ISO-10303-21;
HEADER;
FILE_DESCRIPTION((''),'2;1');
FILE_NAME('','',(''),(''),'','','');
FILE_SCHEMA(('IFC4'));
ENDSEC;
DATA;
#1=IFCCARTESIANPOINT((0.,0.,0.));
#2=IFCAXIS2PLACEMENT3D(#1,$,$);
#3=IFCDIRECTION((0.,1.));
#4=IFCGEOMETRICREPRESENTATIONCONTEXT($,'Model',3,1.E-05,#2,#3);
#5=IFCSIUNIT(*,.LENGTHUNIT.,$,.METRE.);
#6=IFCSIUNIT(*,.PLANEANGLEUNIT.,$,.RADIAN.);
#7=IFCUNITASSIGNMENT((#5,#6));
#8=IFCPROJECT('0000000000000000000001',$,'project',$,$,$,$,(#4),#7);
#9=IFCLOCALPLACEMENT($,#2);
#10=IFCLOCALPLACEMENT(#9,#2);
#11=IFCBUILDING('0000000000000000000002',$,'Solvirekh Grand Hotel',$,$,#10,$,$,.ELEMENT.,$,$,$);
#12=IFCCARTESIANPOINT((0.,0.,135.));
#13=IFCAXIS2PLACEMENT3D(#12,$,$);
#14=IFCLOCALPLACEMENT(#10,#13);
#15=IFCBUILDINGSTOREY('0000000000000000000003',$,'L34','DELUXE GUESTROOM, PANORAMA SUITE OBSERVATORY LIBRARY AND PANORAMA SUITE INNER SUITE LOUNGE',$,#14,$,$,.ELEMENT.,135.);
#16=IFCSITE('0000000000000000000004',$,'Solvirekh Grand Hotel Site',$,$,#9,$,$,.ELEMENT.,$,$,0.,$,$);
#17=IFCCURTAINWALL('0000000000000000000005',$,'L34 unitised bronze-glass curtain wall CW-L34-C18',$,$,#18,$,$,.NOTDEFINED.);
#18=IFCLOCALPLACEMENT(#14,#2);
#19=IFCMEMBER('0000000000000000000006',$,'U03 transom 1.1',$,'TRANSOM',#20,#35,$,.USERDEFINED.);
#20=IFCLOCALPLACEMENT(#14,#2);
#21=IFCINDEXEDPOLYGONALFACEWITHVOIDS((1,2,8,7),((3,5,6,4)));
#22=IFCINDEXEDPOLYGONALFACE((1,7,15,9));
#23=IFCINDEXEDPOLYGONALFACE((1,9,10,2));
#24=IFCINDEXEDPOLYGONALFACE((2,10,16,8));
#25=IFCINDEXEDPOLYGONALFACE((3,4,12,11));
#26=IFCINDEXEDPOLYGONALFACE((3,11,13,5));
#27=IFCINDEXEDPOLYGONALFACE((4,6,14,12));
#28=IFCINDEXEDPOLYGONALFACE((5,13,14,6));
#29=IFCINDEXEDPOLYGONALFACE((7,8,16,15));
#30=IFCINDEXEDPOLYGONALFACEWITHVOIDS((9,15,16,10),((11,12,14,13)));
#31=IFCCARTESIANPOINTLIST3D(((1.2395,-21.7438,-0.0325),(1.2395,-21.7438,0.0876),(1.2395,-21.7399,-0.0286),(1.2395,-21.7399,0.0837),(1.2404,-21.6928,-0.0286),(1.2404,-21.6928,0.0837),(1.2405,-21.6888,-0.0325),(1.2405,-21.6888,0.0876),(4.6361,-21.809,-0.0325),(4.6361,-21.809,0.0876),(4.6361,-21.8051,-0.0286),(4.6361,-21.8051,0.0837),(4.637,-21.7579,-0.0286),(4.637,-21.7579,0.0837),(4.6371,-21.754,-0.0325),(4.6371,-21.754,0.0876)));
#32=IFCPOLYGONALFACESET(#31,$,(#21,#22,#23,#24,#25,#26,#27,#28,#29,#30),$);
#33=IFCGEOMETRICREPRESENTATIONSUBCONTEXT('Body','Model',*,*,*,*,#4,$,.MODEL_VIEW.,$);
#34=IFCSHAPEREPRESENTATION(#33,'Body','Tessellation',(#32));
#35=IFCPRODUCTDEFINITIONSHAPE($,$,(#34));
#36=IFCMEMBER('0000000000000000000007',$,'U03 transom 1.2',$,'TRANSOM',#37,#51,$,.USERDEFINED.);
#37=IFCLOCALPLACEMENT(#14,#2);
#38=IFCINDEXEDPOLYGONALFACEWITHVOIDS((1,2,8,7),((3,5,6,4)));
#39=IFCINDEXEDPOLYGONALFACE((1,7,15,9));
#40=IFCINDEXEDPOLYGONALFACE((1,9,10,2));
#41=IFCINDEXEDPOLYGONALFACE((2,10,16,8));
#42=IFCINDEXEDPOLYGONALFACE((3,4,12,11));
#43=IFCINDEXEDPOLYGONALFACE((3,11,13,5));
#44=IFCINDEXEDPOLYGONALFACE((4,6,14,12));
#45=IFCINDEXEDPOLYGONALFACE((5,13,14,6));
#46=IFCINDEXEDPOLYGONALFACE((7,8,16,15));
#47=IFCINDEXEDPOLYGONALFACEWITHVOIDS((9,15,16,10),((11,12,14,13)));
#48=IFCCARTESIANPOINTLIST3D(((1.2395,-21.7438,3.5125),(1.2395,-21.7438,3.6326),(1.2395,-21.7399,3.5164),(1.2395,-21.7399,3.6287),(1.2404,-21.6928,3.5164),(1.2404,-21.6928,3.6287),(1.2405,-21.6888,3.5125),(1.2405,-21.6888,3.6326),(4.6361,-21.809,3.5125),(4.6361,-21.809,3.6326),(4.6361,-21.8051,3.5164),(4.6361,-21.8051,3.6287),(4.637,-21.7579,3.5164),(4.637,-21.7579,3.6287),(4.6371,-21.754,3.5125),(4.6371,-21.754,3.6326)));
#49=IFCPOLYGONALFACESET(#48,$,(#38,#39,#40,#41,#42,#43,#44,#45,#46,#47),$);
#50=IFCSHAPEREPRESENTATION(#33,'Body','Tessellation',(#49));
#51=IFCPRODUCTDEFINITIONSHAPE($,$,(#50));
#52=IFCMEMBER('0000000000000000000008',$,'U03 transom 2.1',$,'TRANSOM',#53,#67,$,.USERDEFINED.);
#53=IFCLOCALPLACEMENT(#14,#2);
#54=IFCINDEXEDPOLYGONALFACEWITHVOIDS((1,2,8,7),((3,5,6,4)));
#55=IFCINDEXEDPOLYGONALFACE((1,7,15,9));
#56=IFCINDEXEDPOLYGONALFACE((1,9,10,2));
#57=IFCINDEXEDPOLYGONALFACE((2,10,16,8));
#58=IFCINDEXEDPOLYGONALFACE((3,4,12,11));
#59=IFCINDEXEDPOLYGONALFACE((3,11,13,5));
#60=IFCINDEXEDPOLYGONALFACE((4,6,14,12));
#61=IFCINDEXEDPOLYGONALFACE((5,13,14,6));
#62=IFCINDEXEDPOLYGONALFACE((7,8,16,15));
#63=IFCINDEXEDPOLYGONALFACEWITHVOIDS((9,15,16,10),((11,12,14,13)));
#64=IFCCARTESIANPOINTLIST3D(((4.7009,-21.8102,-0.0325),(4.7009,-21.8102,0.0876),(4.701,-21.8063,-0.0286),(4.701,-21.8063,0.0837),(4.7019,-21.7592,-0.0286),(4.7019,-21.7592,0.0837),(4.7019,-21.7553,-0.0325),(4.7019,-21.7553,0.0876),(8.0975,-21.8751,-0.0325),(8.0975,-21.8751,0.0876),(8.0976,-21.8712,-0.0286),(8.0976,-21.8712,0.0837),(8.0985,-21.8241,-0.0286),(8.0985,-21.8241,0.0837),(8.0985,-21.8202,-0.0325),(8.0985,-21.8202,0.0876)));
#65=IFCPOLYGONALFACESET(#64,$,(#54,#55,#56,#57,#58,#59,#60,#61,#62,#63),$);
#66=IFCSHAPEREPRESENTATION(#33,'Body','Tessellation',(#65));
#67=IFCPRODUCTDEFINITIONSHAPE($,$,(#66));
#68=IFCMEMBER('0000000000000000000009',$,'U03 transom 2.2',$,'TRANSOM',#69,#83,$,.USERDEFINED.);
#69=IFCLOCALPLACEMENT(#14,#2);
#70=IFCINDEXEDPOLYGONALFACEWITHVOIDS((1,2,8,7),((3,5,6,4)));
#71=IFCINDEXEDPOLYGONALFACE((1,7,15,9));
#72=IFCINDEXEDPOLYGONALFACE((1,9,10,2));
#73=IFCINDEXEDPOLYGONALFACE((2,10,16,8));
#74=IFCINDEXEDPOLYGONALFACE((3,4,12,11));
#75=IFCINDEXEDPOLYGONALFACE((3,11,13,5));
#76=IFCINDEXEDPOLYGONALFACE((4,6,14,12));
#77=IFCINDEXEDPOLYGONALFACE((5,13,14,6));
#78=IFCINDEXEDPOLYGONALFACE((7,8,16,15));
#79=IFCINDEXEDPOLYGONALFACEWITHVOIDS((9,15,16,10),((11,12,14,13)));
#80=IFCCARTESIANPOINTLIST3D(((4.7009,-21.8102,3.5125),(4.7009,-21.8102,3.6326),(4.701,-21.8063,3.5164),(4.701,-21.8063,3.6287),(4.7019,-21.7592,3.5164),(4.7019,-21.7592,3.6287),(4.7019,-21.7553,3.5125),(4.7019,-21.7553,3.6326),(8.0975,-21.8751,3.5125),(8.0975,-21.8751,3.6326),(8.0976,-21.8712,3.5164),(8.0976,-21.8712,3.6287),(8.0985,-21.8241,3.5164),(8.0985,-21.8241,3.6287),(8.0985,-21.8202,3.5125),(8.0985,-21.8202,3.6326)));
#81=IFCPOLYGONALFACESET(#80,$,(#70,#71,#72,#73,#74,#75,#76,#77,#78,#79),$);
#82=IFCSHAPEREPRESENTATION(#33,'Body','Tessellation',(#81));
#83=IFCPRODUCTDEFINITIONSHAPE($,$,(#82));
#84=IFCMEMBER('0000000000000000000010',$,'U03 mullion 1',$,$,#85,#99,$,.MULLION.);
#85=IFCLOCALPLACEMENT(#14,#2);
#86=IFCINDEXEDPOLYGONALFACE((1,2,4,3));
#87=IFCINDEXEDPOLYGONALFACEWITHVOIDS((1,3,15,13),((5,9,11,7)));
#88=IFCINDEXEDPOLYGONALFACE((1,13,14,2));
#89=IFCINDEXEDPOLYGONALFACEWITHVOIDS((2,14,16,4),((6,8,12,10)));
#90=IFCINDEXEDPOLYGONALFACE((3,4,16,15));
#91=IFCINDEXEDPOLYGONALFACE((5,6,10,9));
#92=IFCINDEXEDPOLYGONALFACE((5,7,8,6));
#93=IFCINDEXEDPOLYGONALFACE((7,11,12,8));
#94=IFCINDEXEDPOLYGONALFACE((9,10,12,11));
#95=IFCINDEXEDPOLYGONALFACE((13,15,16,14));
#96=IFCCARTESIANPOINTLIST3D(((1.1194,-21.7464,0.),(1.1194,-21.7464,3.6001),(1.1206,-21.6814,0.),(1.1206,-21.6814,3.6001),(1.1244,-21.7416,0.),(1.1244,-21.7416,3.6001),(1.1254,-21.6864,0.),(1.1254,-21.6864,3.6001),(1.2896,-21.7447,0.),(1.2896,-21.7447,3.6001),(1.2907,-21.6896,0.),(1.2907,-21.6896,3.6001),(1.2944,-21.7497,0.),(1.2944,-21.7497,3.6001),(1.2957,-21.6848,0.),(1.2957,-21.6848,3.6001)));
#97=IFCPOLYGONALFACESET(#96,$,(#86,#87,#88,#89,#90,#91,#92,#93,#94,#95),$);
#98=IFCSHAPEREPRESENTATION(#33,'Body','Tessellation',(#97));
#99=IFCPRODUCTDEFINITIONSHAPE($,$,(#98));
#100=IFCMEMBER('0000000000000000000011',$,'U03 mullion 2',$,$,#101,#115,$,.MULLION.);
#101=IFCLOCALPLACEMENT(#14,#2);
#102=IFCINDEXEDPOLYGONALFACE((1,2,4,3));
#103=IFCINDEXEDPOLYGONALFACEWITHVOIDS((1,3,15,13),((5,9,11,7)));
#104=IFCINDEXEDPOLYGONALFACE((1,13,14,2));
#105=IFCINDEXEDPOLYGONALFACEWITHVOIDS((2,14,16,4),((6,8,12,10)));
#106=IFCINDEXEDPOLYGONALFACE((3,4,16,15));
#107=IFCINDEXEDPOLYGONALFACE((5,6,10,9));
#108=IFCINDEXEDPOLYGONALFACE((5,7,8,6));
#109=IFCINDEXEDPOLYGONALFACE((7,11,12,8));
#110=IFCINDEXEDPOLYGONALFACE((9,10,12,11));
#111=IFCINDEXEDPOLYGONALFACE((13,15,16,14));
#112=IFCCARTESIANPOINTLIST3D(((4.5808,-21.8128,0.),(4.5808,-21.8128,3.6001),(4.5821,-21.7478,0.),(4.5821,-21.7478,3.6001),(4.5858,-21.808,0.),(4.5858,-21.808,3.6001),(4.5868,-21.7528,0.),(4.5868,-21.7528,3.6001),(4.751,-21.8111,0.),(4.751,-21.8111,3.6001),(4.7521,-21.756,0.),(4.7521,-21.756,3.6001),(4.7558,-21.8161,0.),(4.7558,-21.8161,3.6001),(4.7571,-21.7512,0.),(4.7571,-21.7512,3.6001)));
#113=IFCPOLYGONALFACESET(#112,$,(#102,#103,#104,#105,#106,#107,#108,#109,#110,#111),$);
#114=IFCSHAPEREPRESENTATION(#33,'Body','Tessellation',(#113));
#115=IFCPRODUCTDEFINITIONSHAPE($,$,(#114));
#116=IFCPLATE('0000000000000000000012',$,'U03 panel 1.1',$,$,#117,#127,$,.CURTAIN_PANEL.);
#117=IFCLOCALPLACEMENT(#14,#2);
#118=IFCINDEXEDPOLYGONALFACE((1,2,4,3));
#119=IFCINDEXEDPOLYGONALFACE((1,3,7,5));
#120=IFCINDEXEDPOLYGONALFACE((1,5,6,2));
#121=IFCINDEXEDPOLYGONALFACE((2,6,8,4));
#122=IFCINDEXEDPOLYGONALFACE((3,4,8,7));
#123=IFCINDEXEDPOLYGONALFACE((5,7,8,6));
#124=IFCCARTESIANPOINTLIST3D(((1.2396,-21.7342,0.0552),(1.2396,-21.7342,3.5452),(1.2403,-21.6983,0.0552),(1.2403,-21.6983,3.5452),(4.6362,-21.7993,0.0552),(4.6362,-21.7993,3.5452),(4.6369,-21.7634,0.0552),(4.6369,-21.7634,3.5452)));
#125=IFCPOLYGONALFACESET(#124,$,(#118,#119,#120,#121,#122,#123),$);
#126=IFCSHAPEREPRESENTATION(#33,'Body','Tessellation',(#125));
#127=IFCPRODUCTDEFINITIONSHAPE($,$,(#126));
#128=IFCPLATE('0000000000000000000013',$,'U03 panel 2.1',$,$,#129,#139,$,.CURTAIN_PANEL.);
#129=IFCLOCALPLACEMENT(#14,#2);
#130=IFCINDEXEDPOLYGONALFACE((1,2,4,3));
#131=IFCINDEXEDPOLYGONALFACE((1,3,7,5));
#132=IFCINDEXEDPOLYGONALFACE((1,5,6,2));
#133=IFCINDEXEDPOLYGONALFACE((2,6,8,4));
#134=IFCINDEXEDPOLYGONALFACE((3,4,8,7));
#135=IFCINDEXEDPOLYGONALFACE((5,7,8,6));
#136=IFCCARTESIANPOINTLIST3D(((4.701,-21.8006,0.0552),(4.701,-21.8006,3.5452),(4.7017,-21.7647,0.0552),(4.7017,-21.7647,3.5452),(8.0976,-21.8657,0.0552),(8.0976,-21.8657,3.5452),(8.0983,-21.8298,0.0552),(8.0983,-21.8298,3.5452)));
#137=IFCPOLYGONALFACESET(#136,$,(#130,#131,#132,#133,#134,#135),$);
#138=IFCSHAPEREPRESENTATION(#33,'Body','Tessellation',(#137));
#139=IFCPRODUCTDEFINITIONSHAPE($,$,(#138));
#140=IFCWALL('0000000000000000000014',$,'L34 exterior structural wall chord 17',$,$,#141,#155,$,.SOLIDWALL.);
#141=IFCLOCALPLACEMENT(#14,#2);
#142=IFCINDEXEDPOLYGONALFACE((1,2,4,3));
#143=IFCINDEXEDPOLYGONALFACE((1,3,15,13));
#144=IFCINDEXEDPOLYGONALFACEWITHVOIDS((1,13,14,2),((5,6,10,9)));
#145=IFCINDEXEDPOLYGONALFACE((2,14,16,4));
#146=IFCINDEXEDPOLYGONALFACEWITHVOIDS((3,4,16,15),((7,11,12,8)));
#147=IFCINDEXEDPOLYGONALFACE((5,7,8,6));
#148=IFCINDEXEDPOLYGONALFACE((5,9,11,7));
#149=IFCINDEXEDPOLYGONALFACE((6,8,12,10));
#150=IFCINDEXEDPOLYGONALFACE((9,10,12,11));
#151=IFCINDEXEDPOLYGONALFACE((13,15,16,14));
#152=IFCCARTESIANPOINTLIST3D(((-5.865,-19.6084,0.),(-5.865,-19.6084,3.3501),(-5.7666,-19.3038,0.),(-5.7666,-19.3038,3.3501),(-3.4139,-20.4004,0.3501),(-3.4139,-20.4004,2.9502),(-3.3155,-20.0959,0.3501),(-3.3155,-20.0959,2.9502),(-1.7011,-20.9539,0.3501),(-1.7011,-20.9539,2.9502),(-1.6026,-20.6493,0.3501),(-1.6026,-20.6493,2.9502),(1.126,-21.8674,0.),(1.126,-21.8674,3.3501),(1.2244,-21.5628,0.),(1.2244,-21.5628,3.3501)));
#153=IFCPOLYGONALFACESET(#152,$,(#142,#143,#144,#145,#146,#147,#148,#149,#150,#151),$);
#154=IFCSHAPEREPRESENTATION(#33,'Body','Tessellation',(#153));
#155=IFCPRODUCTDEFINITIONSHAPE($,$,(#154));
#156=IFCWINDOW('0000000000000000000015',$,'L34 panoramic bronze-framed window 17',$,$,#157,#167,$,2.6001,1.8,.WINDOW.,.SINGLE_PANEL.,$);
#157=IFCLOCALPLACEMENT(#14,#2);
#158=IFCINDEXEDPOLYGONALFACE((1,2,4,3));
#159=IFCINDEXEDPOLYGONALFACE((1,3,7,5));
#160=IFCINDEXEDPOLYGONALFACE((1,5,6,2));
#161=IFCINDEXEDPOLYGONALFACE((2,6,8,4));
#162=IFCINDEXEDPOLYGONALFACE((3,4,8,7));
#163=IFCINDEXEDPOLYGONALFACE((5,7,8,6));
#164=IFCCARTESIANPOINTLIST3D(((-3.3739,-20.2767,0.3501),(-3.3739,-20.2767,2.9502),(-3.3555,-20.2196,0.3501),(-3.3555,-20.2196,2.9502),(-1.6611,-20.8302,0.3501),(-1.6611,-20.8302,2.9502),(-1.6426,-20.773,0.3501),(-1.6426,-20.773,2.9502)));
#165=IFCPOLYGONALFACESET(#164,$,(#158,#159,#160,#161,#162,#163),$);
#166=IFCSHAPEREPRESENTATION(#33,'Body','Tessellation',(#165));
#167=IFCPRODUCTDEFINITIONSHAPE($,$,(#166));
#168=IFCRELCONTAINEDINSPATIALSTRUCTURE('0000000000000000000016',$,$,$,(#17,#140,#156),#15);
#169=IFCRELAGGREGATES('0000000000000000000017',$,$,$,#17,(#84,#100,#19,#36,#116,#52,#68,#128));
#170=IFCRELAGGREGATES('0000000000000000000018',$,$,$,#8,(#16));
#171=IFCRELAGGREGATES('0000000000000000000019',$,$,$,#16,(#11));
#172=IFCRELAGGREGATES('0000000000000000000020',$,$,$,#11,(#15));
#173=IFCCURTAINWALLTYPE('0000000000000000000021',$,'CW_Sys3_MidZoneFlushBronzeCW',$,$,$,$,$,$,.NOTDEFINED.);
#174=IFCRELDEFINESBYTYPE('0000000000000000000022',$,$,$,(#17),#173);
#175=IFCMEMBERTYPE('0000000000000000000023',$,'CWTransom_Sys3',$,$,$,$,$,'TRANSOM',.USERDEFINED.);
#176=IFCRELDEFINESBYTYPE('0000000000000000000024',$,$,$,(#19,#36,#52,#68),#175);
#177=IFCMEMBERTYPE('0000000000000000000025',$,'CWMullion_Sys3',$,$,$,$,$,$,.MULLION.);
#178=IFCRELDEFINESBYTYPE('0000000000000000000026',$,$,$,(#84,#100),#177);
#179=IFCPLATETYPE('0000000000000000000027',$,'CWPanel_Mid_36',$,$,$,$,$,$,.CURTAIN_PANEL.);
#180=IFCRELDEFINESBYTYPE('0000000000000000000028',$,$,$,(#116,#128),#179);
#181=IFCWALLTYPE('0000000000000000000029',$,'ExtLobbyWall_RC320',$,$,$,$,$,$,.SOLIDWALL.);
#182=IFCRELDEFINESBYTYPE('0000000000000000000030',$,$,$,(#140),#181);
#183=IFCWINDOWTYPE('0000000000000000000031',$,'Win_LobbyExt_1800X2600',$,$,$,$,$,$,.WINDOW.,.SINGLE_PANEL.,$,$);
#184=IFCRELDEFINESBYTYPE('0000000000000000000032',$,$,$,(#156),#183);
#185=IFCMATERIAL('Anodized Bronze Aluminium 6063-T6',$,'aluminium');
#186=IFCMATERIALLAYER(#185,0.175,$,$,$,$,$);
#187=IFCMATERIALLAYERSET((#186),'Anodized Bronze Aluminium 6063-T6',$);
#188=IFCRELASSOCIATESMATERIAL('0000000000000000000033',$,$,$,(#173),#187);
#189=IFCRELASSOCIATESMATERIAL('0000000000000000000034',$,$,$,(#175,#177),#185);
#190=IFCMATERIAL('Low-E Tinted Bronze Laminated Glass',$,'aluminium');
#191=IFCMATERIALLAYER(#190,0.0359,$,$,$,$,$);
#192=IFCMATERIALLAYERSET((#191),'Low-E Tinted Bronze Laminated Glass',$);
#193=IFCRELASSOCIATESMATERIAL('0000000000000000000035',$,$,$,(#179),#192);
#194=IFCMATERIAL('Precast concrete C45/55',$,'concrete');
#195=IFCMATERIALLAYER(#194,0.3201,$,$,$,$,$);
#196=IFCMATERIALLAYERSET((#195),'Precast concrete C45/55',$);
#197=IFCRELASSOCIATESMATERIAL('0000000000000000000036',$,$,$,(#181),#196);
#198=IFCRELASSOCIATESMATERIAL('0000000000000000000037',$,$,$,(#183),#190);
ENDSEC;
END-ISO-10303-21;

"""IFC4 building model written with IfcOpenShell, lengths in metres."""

from ifc_helpers import new_model, si_unit, direction, frame, frame_2d, origin, origin_2d, place, context, subcontext, project, spatial, rectangle, hollow_rectangle, extrude, source, transform, mapped, material, layer, layer_set, material_profile, profile_set, type_object, element, fill, aggregate, save


model = new_model("IFC4")

# Units and contexts
model_context = context("Model", 3, precision=1e-05, world=origin(), true_north=direction((0.0, 1.0)))
body_context = subcontext(model_context, "Body", "Model", "MODEL_VIEW")
ifc_project = project(units=[si_unit("LENGTHUNIT", "METRE"), si_unit("PLANEANGLEUNIT", "RADIAN")], contexts=[model_context])

# Site, building, storey
site_placement = place(None, origin())
site = spatial("IfcSite", under=ifc_project, at=site_placement, Name="Solvirekh Grand Hotel Site", CompositionType="ELEMENT", RefElevation=0.0)
building_placement = place(site_placement, origin())
building = spatial("IfcBuilding", under=site, at=building_placement, Name="Solvirekh Grand Hotel", CompositionType="ELEMENT")
storey_placement = place(building_placement, frame((0.0, 0.0, 135.0)))
storey = spatial("IfcBuildingStorey", under=building, at=storey_placement, Name="L34", Description="DELUXE GUESTROOM, PANORAMA SUITE OBSERVATORY LIBRARY AND PANORAMA SUITE INNER SUITE LOUNGE", CompositionType="ELEMENT", Elevation=135.0)

# Curtain wall, members, plates
ifc_material_1 = material(Name="Anodized Bronze Aluminium 6063-T6", Category="aluminium")
ifc_layer_1 = layer(ifc_material_1, 0.175)
ifc_layer_set_1 = layer_set([ifc_layer_1], Name="Anodized Bronze Aluminium 6063-T6")
curtain_wall_type = type_object("IfcCurtainWallType", Name="CW_Sys3_MidZoneFlushBronzeCW", PredefinedType="NOTDEFINED", material=ifc_layer_set_1)
curtain_wall_placement = place(storey_placement, origin())
curtain_wall = element("IfcCurtainWall", 1, at=curtain_wall_placement, inside=storey, type_object=curtain_wall_type, Name="L34 unitised bronze-glass curtain wall CW-L34-C18", PredefinedType="NOTDEFINED")
ifc_material_profile_1 = material_profile(ifc_material_1, hollow_rectangle(XDim=0.0549, YDim=0.1201, WallThickness=0.0039, at=origin_2d()), Name="ALU RHS 120X55X4")
ifc_profile_set_1 = profile_set([ifc_material_profile_1], Name="Anodized Bronze Aluminium 6063-T6")
member_type_1 = type_object("IfcMemberType", Name="CWTransom_Sys3", ElementType="TRANSOM", PredefinedType="USERDEFINED", material=ifc_profile_set_1)
shared_shape_1 = source(origin(), body_context, "Body", "SweptSolid", [
    extrude(hollow_rectangle(XDim=0.0549, YDim=0.1201, WallThickness=0.0039, at=origin_2d()), origin(), (0.0, 0.0, 1.0), 3.3972),
])
member_1_placement = place(storey_placement, frame((1.24, -21.7163, 0.0276), z_axis=(0.999816, -0.019189, 0.0), x_axis=(0.019189, 0.999816, 0.0)))
member_1 = element("IfcMember", 2, at=member_1_placement, type_object=member_type_1, Name="U03 transom 1.1", ObjectType="TRANSOM", PredefinedType="USERDEFINED", context=body_context, shape_type="MappedRepresentation", body=[
    mapped(shared_shape_1, transform((0.0, 0.0, 0.0), x_axis=(1.0, 0.0, 0.0), y_axis=(0.0, 1.0, 0.0), z_axis=(0.0, 0.0, 1.0), scale=1.0)),
])
member_2_placement = place(storey_placement, frame((1.24, -21.7163, 3.5725), z_axis=(0.999816, -0.019189, 0.0), x_axis=(0.019189, 0.999816, 0.0)))
member_2 = element("IfcMember", 3, at=member_2_placement, type_object=member_type_1, Name="U03 transom 1.2", ObjectType="TRANSOM", PredefinedType="USERDEFINED", context=body_context, shape_type="MappedRepresentation", body=[
    mapped(shared_shape_1, transform((0.0, 0.0, 0.0), x_axis=(1.0, 0.0, 0.0), y_axis=(0.0, 1.0, 0.0), z_axis=(0.0, 0.0, 1.0), scale=1.0)),
])
member_3_placement = place(storey_placement, frame((4.7014, -21.7827, 0.0276), z_axis=(0.999817, -0.019117, 0.0), x_axis=(0.019117, 0.999817, 0.0)))
member_3 = element("IfcMember", 4, at=member_3_placement, type_object=member_type_1, Name="U03 transom 2.1", ObjectType="TRANSOM", PredefinedType="USERDEFINED", context=body_context, shape_type="MappedRepresentation", body=[
    mapped(shared_shape_1, transform((0.0, 0.0, 0.0), x_axis=(1.0, 0.0, 0.0), y_axis=(0.0, 1.0, 0.0), z_axis=(0.0, 0.0, 1.0), scale=1.0)),
])
member_4_placement = place(storey_placement, frame((4.7014, -21.7827, 3.5725), z_axis=(0.999817, -0.019117, 0.0), x_axis=(0.019117, 0.999817, 0.0)))
member_4 = element("IfcMember", 5, at=member_4_placement, type_object=member_type_1, Name="U03 transom 2.2", ObjectType="TRANSOM", PredefinedType="USERDEFINED", context=body_context, shape_type="MappedRepresentation", body=[
    mapped(shared_shape_1, transform((0.0, 0.0, 0.0), x_axis=(1.0, 0.0, 0.0), y_axis=(0.0, 1.0, 0.0), z_axis=(0.0, 0.0, 1.0), scale=1.0)),
])
ifc_material_profile_2 = material_profile(ifc_material_1, hollow_rectangle(XDim=0.0649, YDim=0.175, WallThickness=0.0049, at=origin_2d()), Name="ALU RHS 175X65X5")
ifc_profile_set_2 = profile_set([ifc_material_profile_2], Name="Anodized Bronze Aluminium 6063-T6")
member_type_2 = type_object("IfcMemberType", Name="CWMullion_Sys3", PredefinedType="MULLION", material=ifc_profile_set_2)
shared_shape_2 = source(origin(), body_context, "Body", "SweptSolid", [
    extrude(hollow_rectangle(XDim=0.0649, YDim=0.175, WallThickness=0.0049, at=origin_2d()), origin(), (0.0, 0.0, 1.0), 3.6001),
])
member_5_placement = place(storey_placement, frame((1.2075, -21.7156, 0.0), z_axis=(0.0, 0.0, 1.0), x_axis=(0.019172, 0.999816, 0.0)))
member_5 = element("IfcMember", 6, at=member_5_placement, type_object=member_type_2, Name="U03 mullion 1", PredefinedType="MULLION", context=body_context, shape_type="MappedRepresentation", body=[
    mapped(shared_shape_2, transform((0.0, 0.0, 0.0), x_axis=(1.0, 0.0, 0.0), y_axis=(0.0, 1.0, 0.0), z_axis=(0.0, 0.0, 1.0), scale=1.0)),
])
member_6_placement = place(storey_placement, frame((4.6689, -21.782, 0.0), z_axis=(0.0, 0.0, 1.0), x_axis=(0.019172, 0.999816, 0.0)))
member_6 = element("IfcMember", 7, at=member_6_placement, type_object=member_type_2, Name="U03 mullion 2", PredefinedType="MULLION", context=body_context, shape_type="MappedRepresentation", body=[
    mapped(shared_shape_2, transform((0.0, 0.0, 0.0), x_axis=(1.0, 0.0, 0.0), y_axis=(0.0, 1.0, 0.0), z_axis=(0.0, 0.0, 1.0), scale=1.0)),
])
ifc_material_2 = material(Name="Low-E Tinted Bronze Laminated Glass", Category="aluminium")
ifc_layer_2 = layer(ifc_material_2, 0.0359)
ifc_layer_set_2 = layer_set([ifc_layer_2], Name="Low-E Tinted Bronze Laminated Glass")
plate_type = type_object("IfcPlateType", Name="CWPanel_Mid_36", PredefinedType="CURTAIN_PANEL", material=ifc_layer_set_2)
shared_shape_3 = source(origin(), body_context, "Body", "SweptSolid", [
    extrude(rectangle(XDim=3.3972, YDim=0.0359, at=origin_2d()), origin(), (0.0, 0.0, 1.0), 3.49),
])
plate_1_placement = place(storey_placement, frame((2.9382, -21.7488, 0.0552), z_axis=(0.0, 0.0, 1.0), x_axis=(0.999816, -0.019172, 0.0)))
plate_1 = element("IfcPlate", 8, at=plate_1_placement, type_object=plate_type, Name="U03 panel 1.1", PredefinedType="CURTAIN_PANEL", context=body_context, shape_type="MappedRepresentation", body=[
    mapped(shared_shape_3, transform((0.0, 0.0, 0.0), x_axis=(1.0, 0.0, 0.0), y_axis=(0.0, 1.0, 0.0), z_axis=(0.0, 0.0, 1.0), scale=1.0)),
])
plate_2_placement = place(storey_placement, frame((6.3997, -21.8152, 0.0552), z_axis=(0.0, 0.0, 1.0), x_axis=(0.999816, -0.019172, 0.0)))
plate_2 = element("IfcPlate", 9, at=plate_2_placement, type_object=plate_type, Name="U03 panel 2.1", PredefinedType="CURTAIN_PANEL", context=body_context, shape_type="MappedRepresentation", body=[
    mapped(shared_shape_3, transform((0.0, 0.0, 0.0), x_axis=(1.0, 0.0, 0.0), y_axis=(0.0, 1.0, 0.0), z_axis=(0.0, 0.0, 1.0), scale=1.0)),
])
aggregate(curtain_wall, [member_5, member_6, member_1, member_2, plate_1, member_3, member_4, plate_2])

# Wall, opening, window
ifc_material_3 = material(Name="Precast concrete C45/55", Category="concrete")
ifc_layer_3 = layer(ifc_material_3, 0.3201)
ifc_layer_set_3 = layer_set([ifc_layer_3], Name="Precast concrete C45/55")
wall_type_1 = type_object("IfcWallType", Name="ExtLobbyWall_RC320", PredefinedType="SOLIDWALL", material=ifc_layer_set_3)
wall_1_placement = place(storey_placement, frame((1.175, -21.7151, 0.0), z_axis=(0.0, 0.0, 1.0), x_axis=(-0.951554, 0.307481, 0.0)))
wall_1 = element("IfcWall", 10, at=wall_1_placement, inside=storey, type_object=wall_type_1, Name="L34 exterior structural wall chord 17", PredefinedType="SOLIDWALL", context=body_context, shape_type="SweptSolid", body=[
    extrude(rectangle(XDim=7.3469, YDim=0.3201, at=frame_2d((3.6733, 0.0))), origin(), (0.0, 0.0, 1.0), 3.3501),
])
opening_1_placement = place(wall_1_placement, frame((2.9709, 0.0, 0.3501)))
opening_1 = element("IfcOpeningElement", 11, at=opening_1_placement, cuts=wall_1, PredefinedType="OPENING", context=body_context, shape_type="SweptSolid", body=[
    extrude(rectangle(XDim=1.8, YDim=2.6001, at=frame_2d((0.8999, 1.3))), frame((0.0, 0.1699, 0.0), z_axis=(0.0, -1.0, 0.0), x_axis=(1.0, 0.0, 0.0)), (0.0, 0.0, 1.0), 0.3401),
])
window_type = type_object("IfcWindowType", Name="Win_LobbyExt_1800X2600", PartitioningType="SINGLE_PANEL", PredefinedType="WINDOW", material=ifc_material_2)
window_placement = place(opening_1_placement, origin())
window = element("IfcWindow", 12, at=window_placement, inside=storey, type_object=window_type, Name="L34 panoramic bronze-framed window 17", OverallHeight=2.6001, OverallWidth=1.8, PartitioningType="SINGLE_PANEL", PredefinedType="WINDOW", context=body_context, shape_type="SweptSolid", body=[
    extrude(rectangle(XDim=1.8, YDim=2.6001, at=frame_2d((0.8999, 1.3))), frame((0.0, 0.03, 0.0), z_axis=(0.0, -1.0, 0.0), x_axis=(1.0, 0.0, 0.0)), (0.0, 0.0, 1.0), 0.0601),
])
fill(opening_1, window)

save(model, "model.ifc")
